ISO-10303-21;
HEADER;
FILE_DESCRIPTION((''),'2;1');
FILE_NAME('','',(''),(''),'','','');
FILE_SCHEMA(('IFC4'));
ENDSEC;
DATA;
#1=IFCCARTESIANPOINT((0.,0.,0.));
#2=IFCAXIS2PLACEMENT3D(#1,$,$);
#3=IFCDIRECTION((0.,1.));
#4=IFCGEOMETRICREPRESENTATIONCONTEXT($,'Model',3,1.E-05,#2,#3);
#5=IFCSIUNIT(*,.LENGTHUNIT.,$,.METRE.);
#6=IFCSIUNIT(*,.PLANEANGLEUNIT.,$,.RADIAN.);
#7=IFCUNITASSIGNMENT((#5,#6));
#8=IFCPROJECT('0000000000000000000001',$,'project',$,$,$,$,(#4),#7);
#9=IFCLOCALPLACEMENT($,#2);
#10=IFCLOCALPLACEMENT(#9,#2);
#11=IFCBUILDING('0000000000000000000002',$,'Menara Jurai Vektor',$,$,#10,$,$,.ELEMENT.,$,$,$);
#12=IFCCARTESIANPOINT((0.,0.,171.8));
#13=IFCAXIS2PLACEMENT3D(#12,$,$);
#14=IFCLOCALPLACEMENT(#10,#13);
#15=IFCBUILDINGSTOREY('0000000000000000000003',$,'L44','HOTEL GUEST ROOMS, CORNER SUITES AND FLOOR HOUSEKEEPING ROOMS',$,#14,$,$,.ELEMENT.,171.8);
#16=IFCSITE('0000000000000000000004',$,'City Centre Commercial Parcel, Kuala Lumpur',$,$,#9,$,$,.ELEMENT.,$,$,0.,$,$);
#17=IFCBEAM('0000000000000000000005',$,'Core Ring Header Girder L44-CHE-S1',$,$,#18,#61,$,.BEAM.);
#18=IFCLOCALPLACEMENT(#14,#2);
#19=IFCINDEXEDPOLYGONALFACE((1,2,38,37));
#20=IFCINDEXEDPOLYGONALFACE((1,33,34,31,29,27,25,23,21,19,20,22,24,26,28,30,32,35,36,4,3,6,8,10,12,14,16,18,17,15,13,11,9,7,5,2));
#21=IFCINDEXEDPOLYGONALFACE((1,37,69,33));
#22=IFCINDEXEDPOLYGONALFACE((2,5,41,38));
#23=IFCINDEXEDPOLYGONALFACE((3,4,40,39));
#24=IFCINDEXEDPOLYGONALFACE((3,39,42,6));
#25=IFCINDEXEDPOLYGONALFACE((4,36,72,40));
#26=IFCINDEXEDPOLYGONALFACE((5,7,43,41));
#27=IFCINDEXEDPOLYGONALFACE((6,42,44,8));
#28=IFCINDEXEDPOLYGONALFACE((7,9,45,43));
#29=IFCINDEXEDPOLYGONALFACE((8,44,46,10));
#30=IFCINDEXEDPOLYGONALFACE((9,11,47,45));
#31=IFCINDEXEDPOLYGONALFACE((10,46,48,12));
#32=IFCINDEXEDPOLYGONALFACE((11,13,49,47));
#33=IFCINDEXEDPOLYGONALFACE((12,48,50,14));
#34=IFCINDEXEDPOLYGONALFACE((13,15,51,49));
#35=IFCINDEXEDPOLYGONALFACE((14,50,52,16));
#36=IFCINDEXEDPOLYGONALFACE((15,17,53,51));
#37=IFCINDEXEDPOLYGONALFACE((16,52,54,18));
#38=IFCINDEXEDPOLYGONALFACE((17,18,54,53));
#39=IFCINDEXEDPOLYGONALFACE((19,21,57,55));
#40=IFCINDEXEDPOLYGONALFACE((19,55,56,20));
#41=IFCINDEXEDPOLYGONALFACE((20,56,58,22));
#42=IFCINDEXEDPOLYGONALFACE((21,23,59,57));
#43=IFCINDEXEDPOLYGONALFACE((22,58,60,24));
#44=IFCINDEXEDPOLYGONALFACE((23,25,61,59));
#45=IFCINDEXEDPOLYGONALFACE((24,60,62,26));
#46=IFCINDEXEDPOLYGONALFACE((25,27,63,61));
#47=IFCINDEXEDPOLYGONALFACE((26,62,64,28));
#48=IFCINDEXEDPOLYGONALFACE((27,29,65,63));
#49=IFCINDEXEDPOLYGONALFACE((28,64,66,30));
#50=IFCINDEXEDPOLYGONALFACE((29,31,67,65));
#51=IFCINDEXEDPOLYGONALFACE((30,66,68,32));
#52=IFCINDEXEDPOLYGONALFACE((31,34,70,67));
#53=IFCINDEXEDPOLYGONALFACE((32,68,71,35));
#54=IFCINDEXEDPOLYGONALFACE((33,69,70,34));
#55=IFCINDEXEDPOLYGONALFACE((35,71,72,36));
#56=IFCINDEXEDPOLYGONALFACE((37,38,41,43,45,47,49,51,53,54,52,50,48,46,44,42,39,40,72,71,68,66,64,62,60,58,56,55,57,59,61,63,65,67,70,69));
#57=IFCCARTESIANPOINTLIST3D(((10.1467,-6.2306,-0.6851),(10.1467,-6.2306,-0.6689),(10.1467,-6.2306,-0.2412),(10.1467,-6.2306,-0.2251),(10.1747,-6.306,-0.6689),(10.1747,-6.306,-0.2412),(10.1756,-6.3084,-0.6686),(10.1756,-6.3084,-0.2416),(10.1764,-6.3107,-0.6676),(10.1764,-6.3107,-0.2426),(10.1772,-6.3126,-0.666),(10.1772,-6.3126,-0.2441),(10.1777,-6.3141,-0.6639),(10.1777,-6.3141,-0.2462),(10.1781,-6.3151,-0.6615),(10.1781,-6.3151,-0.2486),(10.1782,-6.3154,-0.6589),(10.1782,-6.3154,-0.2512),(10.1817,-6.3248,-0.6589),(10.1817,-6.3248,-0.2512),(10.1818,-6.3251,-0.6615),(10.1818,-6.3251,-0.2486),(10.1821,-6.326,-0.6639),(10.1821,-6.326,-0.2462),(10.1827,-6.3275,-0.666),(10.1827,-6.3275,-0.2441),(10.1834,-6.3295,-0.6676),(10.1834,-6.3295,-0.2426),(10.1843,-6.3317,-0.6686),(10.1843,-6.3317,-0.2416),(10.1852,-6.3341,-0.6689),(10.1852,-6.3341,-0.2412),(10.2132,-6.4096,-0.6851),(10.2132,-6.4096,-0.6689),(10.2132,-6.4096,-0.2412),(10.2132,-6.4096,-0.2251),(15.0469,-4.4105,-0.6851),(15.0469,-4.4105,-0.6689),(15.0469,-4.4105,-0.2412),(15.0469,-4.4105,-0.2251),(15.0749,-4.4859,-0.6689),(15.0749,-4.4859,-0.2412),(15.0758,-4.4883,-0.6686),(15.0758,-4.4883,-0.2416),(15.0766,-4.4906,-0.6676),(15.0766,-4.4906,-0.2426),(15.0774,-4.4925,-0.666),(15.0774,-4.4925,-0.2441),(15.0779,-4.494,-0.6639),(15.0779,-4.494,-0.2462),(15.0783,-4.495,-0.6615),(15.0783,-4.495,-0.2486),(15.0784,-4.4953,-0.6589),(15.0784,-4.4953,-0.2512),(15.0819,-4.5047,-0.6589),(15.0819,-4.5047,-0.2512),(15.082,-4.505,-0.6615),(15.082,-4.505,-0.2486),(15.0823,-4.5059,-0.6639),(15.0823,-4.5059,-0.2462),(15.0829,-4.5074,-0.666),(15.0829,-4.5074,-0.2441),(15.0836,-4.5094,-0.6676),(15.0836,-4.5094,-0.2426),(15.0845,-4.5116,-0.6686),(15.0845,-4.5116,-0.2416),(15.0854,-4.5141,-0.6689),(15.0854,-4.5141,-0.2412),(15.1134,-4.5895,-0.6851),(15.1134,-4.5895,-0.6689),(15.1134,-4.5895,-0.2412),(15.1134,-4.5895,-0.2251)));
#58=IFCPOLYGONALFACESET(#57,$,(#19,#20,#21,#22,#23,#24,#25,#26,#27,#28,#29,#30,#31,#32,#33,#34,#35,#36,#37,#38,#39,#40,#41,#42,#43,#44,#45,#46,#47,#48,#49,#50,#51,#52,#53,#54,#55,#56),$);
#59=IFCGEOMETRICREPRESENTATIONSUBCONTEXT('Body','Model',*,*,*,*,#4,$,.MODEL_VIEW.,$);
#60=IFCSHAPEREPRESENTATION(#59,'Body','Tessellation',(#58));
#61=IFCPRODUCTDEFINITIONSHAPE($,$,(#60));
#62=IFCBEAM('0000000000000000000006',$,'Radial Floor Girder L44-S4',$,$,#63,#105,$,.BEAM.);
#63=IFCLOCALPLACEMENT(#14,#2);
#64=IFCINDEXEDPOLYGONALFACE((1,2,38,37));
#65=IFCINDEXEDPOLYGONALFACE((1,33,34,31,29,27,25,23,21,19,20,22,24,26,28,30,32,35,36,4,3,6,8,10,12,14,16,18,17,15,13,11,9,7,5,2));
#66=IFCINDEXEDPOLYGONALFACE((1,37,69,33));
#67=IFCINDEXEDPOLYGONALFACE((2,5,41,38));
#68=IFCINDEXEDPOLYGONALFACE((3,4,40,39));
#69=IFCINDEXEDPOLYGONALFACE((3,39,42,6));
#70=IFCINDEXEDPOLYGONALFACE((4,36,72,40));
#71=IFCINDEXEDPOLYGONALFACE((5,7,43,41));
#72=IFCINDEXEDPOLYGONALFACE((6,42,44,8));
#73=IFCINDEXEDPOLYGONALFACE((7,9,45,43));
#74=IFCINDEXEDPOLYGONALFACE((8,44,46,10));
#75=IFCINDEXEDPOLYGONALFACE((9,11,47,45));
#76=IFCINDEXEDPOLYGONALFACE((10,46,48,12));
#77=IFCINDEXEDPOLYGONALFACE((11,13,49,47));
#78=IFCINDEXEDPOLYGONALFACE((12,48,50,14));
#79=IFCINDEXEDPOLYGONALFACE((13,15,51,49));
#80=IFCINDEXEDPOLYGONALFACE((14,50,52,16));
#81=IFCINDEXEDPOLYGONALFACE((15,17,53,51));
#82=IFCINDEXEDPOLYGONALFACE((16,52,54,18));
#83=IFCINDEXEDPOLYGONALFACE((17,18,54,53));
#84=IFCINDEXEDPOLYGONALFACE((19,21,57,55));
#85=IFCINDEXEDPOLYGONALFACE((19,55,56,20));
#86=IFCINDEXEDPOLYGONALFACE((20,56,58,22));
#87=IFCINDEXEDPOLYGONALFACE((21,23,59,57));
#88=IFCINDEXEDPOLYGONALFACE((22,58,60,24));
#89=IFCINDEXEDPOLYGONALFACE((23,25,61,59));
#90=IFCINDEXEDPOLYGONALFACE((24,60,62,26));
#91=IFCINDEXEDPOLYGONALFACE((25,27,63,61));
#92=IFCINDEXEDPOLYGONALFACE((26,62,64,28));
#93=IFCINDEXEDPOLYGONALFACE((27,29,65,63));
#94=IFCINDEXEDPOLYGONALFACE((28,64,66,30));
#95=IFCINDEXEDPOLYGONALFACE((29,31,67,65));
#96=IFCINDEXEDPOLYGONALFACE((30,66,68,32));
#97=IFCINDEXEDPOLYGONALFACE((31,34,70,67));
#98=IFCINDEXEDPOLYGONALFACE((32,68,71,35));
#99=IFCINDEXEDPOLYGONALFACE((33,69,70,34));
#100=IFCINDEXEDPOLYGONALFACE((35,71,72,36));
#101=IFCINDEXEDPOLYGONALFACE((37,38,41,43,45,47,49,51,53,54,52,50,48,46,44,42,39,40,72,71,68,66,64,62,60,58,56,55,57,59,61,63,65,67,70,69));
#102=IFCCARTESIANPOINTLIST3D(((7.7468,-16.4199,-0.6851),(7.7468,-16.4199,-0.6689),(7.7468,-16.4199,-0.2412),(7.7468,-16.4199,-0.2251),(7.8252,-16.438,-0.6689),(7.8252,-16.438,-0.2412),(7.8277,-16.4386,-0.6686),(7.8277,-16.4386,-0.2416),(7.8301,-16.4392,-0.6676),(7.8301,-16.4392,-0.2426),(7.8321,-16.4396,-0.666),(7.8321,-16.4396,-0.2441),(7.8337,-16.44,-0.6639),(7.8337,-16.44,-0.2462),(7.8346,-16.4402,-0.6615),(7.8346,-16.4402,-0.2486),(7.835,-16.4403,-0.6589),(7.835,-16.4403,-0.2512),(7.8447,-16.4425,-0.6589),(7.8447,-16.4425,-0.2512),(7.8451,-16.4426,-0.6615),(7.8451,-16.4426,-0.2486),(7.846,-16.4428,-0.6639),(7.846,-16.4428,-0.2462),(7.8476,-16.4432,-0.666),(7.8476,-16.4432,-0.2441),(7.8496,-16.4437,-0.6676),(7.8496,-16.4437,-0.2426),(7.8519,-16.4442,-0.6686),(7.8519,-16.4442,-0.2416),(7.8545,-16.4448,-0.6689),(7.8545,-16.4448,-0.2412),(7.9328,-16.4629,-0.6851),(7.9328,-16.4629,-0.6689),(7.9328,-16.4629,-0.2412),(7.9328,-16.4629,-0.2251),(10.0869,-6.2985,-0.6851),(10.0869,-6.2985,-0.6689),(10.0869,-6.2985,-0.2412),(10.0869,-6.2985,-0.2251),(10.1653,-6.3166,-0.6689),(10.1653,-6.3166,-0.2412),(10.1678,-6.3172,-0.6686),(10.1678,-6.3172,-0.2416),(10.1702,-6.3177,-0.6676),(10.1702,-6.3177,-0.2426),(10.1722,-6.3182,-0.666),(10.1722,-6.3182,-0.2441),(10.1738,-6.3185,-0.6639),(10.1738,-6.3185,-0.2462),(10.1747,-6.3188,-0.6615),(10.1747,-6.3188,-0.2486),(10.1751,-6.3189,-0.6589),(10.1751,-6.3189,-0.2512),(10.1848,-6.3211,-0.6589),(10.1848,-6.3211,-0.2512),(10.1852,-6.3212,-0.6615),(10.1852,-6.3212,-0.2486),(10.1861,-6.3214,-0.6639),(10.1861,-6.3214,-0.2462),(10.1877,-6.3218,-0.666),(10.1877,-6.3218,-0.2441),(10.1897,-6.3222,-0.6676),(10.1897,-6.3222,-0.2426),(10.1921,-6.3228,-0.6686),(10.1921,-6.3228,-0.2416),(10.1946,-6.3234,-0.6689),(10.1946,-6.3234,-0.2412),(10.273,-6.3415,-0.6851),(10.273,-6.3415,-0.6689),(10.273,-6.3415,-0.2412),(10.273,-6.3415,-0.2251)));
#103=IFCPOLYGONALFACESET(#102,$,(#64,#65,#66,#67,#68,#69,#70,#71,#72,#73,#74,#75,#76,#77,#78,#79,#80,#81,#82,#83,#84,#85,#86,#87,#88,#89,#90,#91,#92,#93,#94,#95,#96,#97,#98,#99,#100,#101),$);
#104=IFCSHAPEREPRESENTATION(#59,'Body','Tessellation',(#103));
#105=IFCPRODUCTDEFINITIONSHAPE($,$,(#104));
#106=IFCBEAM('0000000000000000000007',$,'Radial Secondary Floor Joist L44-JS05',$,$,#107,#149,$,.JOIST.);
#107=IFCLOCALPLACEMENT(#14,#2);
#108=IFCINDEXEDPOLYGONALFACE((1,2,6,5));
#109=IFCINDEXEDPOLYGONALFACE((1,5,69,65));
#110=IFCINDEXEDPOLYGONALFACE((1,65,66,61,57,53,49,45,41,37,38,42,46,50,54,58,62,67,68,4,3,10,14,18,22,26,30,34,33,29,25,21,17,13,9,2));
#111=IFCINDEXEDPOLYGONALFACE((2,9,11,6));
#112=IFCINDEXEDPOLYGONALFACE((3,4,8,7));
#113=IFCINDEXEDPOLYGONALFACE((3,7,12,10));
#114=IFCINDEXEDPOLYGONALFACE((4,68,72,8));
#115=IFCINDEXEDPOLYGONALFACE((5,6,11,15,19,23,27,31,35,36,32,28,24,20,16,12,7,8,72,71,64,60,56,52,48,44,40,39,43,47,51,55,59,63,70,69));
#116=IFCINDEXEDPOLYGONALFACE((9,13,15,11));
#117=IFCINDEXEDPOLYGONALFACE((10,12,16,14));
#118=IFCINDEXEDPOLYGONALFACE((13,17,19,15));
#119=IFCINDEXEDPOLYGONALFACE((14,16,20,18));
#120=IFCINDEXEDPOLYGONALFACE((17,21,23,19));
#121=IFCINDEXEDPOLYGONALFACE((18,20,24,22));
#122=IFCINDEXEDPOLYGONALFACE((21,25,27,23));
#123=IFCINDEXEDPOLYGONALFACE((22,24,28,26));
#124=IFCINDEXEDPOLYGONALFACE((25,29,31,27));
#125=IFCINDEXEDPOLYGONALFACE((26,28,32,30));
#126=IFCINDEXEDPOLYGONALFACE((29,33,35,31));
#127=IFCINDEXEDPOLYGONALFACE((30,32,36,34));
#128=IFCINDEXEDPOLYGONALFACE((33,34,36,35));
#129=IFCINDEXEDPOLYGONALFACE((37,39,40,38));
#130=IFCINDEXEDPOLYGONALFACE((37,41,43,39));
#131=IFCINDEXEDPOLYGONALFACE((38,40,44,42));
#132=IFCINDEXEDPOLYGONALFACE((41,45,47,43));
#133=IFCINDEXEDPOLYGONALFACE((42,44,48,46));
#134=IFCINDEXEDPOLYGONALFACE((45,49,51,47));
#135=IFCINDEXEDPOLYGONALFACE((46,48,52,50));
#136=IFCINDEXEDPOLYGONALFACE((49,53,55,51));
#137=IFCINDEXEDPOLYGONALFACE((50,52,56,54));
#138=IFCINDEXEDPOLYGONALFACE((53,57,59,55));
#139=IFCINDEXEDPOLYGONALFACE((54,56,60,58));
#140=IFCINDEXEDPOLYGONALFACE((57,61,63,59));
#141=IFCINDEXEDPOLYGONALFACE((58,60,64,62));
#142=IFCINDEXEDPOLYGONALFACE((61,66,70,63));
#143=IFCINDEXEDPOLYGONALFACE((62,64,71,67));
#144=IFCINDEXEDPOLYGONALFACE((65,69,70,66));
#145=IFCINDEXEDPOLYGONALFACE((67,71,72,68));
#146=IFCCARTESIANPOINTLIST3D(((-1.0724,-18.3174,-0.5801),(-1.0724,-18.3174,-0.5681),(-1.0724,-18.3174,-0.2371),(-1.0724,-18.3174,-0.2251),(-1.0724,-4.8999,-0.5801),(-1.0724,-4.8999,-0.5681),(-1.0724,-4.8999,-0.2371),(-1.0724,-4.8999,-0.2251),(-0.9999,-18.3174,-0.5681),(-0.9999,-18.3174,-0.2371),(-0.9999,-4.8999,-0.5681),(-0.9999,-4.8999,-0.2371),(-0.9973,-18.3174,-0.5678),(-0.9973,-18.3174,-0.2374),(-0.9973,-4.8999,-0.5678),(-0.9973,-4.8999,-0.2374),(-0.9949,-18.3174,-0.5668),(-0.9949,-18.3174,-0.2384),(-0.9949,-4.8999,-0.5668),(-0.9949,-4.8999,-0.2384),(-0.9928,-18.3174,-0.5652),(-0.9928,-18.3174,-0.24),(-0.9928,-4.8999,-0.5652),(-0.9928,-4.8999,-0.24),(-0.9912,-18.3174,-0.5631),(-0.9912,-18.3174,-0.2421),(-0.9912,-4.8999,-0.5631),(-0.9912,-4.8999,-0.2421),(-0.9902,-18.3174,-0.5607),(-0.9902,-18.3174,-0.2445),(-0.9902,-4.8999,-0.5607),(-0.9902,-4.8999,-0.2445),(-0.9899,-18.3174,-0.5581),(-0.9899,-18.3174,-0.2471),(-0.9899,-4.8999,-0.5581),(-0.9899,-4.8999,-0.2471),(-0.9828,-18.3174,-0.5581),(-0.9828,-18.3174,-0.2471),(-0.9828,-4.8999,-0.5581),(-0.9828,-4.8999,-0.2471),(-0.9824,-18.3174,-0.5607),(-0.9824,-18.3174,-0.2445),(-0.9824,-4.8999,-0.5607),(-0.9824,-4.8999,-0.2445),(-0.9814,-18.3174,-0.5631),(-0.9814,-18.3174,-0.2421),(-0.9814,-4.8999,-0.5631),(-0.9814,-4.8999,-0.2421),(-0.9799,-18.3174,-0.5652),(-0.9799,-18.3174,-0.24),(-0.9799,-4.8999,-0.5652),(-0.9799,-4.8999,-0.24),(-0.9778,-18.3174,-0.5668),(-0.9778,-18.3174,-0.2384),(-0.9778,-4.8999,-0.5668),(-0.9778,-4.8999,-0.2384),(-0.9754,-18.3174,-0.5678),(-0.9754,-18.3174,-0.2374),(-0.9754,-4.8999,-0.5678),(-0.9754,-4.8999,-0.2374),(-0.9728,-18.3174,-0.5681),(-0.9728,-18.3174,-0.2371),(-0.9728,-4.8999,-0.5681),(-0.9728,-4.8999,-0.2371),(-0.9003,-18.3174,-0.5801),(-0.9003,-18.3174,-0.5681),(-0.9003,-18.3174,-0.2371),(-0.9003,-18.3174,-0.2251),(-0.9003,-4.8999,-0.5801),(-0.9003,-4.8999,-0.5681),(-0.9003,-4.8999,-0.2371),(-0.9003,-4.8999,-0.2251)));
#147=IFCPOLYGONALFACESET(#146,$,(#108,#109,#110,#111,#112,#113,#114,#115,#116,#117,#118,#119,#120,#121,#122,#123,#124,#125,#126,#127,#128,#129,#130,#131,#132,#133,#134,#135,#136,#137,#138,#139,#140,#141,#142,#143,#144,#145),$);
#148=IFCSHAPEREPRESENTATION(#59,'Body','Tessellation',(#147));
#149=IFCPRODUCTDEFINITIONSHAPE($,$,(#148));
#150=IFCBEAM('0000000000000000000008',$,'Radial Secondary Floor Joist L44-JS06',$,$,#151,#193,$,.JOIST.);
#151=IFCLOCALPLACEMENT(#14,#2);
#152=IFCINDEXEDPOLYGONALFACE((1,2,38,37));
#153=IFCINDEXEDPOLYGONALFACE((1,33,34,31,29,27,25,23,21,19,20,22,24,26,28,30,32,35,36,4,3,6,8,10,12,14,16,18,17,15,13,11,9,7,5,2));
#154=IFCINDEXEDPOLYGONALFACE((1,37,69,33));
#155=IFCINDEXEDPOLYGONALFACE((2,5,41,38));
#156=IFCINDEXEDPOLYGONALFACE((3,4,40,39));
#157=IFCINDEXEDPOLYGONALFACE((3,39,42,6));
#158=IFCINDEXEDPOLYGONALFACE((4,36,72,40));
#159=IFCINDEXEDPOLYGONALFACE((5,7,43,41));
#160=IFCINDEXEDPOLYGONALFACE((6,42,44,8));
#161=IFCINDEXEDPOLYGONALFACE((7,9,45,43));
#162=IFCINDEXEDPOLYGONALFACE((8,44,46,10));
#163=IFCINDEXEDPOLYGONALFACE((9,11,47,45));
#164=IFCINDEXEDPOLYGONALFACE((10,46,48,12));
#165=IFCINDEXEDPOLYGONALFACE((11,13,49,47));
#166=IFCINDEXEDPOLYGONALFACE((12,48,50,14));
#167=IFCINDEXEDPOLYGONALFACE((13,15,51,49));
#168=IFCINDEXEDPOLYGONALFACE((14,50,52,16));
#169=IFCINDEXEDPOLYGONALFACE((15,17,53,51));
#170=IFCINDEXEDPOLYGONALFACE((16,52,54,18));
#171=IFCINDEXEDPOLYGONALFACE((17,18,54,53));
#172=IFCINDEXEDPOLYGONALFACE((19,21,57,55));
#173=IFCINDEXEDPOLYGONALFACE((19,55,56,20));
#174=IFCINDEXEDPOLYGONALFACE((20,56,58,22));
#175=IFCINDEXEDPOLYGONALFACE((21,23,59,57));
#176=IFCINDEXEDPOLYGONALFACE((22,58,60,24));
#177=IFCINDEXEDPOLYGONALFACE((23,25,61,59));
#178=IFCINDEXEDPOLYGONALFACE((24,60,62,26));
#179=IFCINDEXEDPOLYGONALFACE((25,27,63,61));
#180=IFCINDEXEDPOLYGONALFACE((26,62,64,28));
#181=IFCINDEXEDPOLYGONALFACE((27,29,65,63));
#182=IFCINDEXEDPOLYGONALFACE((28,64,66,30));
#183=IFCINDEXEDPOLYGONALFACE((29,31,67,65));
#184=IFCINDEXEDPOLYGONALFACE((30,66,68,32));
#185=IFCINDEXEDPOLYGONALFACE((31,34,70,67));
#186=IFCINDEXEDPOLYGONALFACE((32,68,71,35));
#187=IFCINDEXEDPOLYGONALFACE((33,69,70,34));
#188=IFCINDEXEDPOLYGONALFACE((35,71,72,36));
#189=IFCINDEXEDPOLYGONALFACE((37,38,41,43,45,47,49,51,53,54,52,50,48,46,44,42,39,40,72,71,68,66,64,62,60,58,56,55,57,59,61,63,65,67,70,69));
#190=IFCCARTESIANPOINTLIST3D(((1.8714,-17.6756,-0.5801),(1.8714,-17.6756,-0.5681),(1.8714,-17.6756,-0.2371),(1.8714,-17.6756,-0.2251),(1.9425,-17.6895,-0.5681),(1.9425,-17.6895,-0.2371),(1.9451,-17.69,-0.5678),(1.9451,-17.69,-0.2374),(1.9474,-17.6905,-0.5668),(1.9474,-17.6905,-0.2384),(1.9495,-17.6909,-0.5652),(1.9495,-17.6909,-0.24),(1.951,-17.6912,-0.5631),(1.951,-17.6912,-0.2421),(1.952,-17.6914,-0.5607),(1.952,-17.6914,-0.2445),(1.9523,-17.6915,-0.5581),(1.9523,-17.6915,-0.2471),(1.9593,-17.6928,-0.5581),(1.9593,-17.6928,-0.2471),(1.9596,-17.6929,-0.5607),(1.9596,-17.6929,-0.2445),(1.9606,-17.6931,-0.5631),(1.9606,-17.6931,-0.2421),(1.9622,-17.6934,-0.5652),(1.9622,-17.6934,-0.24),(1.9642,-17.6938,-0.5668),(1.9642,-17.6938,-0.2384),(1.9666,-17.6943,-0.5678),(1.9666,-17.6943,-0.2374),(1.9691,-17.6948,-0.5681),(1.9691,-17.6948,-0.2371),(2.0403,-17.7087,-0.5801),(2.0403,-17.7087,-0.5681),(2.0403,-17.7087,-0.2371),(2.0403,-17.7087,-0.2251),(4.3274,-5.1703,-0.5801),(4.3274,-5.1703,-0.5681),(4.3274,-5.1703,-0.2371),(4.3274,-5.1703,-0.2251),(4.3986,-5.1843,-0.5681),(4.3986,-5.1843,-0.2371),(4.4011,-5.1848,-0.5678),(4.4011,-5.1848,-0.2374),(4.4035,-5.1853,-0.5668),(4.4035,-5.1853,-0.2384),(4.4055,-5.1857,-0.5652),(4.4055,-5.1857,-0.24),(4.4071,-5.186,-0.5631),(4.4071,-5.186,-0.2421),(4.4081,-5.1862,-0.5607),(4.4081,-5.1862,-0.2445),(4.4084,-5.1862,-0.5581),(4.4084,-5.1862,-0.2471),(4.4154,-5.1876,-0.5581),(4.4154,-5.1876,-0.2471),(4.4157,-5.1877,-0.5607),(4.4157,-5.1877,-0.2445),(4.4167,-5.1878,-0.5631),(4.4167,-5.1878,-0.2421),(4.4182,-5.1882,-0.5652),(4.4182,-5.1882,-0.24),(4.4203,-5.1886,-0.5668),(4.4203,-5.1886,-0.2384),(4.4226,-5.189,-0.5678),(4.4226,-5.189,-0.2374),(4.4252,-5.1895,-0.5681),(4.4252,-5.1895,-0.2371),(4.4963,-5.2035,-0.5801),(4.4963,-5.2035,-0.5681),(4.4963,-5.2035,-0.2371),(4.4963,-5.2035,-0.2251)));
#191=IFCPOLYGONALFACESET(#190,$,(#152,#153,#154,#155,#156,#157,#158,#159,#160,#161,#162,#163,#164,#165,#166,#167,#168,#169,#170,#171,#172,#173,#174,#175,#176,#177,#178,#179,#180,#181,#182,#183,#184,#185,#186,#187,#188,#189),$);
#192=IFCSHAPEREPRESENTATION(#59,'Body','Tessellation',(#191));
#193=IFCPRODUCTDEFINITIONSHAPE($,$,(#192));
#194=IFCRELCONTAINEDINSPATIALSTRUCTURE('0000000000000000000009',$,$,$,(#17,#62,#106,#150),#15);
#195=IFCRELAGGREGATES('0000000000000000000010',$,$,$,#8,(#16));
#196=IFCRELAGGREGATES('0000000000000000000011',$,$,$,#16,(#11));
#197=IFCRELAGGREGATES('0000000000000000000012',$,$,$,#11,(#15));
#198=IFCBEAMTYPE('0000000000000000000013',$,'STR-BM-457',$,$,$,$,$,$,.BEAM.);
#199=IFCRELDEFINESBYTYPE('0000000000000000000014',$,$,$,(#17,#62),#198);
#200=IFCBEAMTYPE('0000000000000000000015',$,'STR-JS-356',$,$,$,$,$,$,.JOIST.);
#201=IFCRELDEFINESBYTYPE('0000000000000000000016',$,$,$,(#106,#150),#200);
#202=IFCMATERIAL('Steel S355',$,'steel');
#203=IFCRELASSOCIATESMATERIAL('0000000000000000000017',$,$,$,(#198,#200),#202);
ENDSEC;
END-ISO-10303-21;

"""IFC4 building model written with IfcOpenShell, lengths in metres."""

from ifc_helpers import new_model, si_unit, direction, frame, origin, origin_2d, place, context, subcontext, project, spatial, i_section, extrude, material, material_profile, profile_set, type_object, element, save


model = new_model("IFC4")

# Units and contexts
model_context = context("Model", 3, precision=1e-05, world=origin(), true_north=direction((0.0, 1.0)))
body_context = subcontext(model_context, "Body", "Model", "MODEL_VIEW")
ifc_project = project(units=[si_unit("LENGTHUNIT", "METRE"), si_unit("PLANEANGLEUNIT", "RADIAN")], contexts=[model_context])

# Site, building, storey
site_placement = place(None, origin())
site = spatial("IfcSite", under=ifc_project, at=site_placement, Name="City Centre Commercial Parcel, Kuala Lumpur", CompositionType="ELEMENT", RefElevation=0.0)
building_placement = place(site_placement, origin())
building = spatial("IfcBuilding", under=site, at=building_placement, Name="Menara Jurai Vektor", CompositionType="ELEMENT")
storey_placement = place(building_placement, frame((0.0, 0.0, 171.8)))
storey = spatial("IfcBuildingStorey", under=building, at=storey_placement, Name="L44", Description="HOTEL GUEST ROOMS, CORNER SUITES AND FLOOR HOUSEKEEPING ROOMS", CompositionType="ELEMENT", Elevation=171.8)

# Beams
ifc_material_1 = material(Name="Steel S355", Category="steel")
ifc_material_profile_1 = material_profile(ifc_material_1, i_section(OverallWidth=0.1909, OverallDepth=0.46, WebThickness=0.01, FlangeThickness=0.0161, FilletRadius=0.01, at=origin_2d()), Name="UKB 457x191x82")
ifc_profile_set_1 = profile_set([ifc_material_profile_1], Name="Steel S355")
beam_type_1 = type_object("IfcBeamType", Name="STR-BM-457", PredefinedType="BEAM", material=ifc_profile_set_1)
beam_1_placement = place(storey_placement, frame((10.1799, -6.3201, -0.4551), z_axis=(0.937424, 0.348189, 0.0), x_axis=(-0.348189, 0.937424, 0.0)))
element("IfcBeam", 1, at=beam_1_placement, inside=storey, type_object=beam_type_1, Name="Core Ring Header Girder L44-CHE-S1", PredefinedType="BEAM", context=body_context, shape_type="SweptSolid", body=[
    extrude(i_section(OverallWidth=0.1909, OverallDepth=0.46, WebThickness=0.01, FlangeThickness=0.0161, FilletRadius=0.01, at=origin_2d()), origin(), (0.0, 0.0, 1.0), 5.2273),
])
beam_2_placement = place(storey_placement, frame((7.8398, -16.4414, -0.4551), z_axis=(0.225261, 0.974298, 0.0), x_axis=(-0.974298, 0.225261, 0.0)))
element("IfcBeam", 2, at=beam_2_placement, inside=storey, type_object=beam_type_1, Name="Radial Floor Girder L44-S4", PredefinedType="BEAM", context=body_context, shape_type="SweptSolid", body=[
    extrude(i_section(OverallWidth=0.1909, OverallDepth=0.46, WebThickness=0.01, FlangeThickness=0.0161, FilletRadius=0.01, at=origin_2d()), origin(), (0.0, 0.0, 1.0), 10.3884),
])
ifc_material_profile_2 = material_profile(ifc_material_1, i_section(OverallWidth=0.1721, OverallDepth=0.355, WebThickness=0.0071, FlangeThickness=0.012, FilletRadius=0.01, at=origin_2d()), Name="UKB 356x171x51")
ifc_profile_set_2 = profile_set([ifc_material_profile_2], Name="Steel S355")
beam_type_2 = type_object("IfcBeamType", Name="STR-JS-356", PredefinedType="JOIST", material=ifc_profile_set_2)
beam_3_placement = place(storey_placement, frame((-0.9863, -18.3174, -0.4026), z_axis=(0.0, 1.0, 0.0), x_axis=(-1.0, 0.0, 0.0)))
element("IfcBeam", 3, at=beam_3_placement, inside=storey, type_object=beam_type_2, Name="Radial Secondary Floor Joist L44-JS05", PredefinedType="JOIST", context=body_context, shape_type="SweptSolid", body=[
    extrude(i_section(OverallWidth=0.1721, OverallDepth=0.355, WebThickness=0.0071, FlangeThickness=0.012, FilletRadius=0.01, at=origin_2d()), origin(), (0.0, 0.0, 1.0), 13.4175),
])
beam_4_placement = place(storey_placement, frame((1.9558, -17.6921, -0.4026), z_axis=(0.192722, 0.981253, 0.0), x_axis=(-0.981253, 0.192722, 0.0)))
element("IfcBeam", 4, at=beam_4_placement, inside=storey, type_object=beam_type_2, Name="Radial Secondary Floor Joist L44-JS06", PredefinedType="JOIST", context=body_context, shape_type="SweptSolid", body=[
    extrude(i_section(OverallWidth=0.1721, OverallDepth=0.355, WebThickness=0.0071, FlangeThickness=0.012, FilletRadius=0.01, at=origin_2d()), origin(), (0.0, 0.0, 1.0), 12.7441),
])

save(model, "model.ifc")
